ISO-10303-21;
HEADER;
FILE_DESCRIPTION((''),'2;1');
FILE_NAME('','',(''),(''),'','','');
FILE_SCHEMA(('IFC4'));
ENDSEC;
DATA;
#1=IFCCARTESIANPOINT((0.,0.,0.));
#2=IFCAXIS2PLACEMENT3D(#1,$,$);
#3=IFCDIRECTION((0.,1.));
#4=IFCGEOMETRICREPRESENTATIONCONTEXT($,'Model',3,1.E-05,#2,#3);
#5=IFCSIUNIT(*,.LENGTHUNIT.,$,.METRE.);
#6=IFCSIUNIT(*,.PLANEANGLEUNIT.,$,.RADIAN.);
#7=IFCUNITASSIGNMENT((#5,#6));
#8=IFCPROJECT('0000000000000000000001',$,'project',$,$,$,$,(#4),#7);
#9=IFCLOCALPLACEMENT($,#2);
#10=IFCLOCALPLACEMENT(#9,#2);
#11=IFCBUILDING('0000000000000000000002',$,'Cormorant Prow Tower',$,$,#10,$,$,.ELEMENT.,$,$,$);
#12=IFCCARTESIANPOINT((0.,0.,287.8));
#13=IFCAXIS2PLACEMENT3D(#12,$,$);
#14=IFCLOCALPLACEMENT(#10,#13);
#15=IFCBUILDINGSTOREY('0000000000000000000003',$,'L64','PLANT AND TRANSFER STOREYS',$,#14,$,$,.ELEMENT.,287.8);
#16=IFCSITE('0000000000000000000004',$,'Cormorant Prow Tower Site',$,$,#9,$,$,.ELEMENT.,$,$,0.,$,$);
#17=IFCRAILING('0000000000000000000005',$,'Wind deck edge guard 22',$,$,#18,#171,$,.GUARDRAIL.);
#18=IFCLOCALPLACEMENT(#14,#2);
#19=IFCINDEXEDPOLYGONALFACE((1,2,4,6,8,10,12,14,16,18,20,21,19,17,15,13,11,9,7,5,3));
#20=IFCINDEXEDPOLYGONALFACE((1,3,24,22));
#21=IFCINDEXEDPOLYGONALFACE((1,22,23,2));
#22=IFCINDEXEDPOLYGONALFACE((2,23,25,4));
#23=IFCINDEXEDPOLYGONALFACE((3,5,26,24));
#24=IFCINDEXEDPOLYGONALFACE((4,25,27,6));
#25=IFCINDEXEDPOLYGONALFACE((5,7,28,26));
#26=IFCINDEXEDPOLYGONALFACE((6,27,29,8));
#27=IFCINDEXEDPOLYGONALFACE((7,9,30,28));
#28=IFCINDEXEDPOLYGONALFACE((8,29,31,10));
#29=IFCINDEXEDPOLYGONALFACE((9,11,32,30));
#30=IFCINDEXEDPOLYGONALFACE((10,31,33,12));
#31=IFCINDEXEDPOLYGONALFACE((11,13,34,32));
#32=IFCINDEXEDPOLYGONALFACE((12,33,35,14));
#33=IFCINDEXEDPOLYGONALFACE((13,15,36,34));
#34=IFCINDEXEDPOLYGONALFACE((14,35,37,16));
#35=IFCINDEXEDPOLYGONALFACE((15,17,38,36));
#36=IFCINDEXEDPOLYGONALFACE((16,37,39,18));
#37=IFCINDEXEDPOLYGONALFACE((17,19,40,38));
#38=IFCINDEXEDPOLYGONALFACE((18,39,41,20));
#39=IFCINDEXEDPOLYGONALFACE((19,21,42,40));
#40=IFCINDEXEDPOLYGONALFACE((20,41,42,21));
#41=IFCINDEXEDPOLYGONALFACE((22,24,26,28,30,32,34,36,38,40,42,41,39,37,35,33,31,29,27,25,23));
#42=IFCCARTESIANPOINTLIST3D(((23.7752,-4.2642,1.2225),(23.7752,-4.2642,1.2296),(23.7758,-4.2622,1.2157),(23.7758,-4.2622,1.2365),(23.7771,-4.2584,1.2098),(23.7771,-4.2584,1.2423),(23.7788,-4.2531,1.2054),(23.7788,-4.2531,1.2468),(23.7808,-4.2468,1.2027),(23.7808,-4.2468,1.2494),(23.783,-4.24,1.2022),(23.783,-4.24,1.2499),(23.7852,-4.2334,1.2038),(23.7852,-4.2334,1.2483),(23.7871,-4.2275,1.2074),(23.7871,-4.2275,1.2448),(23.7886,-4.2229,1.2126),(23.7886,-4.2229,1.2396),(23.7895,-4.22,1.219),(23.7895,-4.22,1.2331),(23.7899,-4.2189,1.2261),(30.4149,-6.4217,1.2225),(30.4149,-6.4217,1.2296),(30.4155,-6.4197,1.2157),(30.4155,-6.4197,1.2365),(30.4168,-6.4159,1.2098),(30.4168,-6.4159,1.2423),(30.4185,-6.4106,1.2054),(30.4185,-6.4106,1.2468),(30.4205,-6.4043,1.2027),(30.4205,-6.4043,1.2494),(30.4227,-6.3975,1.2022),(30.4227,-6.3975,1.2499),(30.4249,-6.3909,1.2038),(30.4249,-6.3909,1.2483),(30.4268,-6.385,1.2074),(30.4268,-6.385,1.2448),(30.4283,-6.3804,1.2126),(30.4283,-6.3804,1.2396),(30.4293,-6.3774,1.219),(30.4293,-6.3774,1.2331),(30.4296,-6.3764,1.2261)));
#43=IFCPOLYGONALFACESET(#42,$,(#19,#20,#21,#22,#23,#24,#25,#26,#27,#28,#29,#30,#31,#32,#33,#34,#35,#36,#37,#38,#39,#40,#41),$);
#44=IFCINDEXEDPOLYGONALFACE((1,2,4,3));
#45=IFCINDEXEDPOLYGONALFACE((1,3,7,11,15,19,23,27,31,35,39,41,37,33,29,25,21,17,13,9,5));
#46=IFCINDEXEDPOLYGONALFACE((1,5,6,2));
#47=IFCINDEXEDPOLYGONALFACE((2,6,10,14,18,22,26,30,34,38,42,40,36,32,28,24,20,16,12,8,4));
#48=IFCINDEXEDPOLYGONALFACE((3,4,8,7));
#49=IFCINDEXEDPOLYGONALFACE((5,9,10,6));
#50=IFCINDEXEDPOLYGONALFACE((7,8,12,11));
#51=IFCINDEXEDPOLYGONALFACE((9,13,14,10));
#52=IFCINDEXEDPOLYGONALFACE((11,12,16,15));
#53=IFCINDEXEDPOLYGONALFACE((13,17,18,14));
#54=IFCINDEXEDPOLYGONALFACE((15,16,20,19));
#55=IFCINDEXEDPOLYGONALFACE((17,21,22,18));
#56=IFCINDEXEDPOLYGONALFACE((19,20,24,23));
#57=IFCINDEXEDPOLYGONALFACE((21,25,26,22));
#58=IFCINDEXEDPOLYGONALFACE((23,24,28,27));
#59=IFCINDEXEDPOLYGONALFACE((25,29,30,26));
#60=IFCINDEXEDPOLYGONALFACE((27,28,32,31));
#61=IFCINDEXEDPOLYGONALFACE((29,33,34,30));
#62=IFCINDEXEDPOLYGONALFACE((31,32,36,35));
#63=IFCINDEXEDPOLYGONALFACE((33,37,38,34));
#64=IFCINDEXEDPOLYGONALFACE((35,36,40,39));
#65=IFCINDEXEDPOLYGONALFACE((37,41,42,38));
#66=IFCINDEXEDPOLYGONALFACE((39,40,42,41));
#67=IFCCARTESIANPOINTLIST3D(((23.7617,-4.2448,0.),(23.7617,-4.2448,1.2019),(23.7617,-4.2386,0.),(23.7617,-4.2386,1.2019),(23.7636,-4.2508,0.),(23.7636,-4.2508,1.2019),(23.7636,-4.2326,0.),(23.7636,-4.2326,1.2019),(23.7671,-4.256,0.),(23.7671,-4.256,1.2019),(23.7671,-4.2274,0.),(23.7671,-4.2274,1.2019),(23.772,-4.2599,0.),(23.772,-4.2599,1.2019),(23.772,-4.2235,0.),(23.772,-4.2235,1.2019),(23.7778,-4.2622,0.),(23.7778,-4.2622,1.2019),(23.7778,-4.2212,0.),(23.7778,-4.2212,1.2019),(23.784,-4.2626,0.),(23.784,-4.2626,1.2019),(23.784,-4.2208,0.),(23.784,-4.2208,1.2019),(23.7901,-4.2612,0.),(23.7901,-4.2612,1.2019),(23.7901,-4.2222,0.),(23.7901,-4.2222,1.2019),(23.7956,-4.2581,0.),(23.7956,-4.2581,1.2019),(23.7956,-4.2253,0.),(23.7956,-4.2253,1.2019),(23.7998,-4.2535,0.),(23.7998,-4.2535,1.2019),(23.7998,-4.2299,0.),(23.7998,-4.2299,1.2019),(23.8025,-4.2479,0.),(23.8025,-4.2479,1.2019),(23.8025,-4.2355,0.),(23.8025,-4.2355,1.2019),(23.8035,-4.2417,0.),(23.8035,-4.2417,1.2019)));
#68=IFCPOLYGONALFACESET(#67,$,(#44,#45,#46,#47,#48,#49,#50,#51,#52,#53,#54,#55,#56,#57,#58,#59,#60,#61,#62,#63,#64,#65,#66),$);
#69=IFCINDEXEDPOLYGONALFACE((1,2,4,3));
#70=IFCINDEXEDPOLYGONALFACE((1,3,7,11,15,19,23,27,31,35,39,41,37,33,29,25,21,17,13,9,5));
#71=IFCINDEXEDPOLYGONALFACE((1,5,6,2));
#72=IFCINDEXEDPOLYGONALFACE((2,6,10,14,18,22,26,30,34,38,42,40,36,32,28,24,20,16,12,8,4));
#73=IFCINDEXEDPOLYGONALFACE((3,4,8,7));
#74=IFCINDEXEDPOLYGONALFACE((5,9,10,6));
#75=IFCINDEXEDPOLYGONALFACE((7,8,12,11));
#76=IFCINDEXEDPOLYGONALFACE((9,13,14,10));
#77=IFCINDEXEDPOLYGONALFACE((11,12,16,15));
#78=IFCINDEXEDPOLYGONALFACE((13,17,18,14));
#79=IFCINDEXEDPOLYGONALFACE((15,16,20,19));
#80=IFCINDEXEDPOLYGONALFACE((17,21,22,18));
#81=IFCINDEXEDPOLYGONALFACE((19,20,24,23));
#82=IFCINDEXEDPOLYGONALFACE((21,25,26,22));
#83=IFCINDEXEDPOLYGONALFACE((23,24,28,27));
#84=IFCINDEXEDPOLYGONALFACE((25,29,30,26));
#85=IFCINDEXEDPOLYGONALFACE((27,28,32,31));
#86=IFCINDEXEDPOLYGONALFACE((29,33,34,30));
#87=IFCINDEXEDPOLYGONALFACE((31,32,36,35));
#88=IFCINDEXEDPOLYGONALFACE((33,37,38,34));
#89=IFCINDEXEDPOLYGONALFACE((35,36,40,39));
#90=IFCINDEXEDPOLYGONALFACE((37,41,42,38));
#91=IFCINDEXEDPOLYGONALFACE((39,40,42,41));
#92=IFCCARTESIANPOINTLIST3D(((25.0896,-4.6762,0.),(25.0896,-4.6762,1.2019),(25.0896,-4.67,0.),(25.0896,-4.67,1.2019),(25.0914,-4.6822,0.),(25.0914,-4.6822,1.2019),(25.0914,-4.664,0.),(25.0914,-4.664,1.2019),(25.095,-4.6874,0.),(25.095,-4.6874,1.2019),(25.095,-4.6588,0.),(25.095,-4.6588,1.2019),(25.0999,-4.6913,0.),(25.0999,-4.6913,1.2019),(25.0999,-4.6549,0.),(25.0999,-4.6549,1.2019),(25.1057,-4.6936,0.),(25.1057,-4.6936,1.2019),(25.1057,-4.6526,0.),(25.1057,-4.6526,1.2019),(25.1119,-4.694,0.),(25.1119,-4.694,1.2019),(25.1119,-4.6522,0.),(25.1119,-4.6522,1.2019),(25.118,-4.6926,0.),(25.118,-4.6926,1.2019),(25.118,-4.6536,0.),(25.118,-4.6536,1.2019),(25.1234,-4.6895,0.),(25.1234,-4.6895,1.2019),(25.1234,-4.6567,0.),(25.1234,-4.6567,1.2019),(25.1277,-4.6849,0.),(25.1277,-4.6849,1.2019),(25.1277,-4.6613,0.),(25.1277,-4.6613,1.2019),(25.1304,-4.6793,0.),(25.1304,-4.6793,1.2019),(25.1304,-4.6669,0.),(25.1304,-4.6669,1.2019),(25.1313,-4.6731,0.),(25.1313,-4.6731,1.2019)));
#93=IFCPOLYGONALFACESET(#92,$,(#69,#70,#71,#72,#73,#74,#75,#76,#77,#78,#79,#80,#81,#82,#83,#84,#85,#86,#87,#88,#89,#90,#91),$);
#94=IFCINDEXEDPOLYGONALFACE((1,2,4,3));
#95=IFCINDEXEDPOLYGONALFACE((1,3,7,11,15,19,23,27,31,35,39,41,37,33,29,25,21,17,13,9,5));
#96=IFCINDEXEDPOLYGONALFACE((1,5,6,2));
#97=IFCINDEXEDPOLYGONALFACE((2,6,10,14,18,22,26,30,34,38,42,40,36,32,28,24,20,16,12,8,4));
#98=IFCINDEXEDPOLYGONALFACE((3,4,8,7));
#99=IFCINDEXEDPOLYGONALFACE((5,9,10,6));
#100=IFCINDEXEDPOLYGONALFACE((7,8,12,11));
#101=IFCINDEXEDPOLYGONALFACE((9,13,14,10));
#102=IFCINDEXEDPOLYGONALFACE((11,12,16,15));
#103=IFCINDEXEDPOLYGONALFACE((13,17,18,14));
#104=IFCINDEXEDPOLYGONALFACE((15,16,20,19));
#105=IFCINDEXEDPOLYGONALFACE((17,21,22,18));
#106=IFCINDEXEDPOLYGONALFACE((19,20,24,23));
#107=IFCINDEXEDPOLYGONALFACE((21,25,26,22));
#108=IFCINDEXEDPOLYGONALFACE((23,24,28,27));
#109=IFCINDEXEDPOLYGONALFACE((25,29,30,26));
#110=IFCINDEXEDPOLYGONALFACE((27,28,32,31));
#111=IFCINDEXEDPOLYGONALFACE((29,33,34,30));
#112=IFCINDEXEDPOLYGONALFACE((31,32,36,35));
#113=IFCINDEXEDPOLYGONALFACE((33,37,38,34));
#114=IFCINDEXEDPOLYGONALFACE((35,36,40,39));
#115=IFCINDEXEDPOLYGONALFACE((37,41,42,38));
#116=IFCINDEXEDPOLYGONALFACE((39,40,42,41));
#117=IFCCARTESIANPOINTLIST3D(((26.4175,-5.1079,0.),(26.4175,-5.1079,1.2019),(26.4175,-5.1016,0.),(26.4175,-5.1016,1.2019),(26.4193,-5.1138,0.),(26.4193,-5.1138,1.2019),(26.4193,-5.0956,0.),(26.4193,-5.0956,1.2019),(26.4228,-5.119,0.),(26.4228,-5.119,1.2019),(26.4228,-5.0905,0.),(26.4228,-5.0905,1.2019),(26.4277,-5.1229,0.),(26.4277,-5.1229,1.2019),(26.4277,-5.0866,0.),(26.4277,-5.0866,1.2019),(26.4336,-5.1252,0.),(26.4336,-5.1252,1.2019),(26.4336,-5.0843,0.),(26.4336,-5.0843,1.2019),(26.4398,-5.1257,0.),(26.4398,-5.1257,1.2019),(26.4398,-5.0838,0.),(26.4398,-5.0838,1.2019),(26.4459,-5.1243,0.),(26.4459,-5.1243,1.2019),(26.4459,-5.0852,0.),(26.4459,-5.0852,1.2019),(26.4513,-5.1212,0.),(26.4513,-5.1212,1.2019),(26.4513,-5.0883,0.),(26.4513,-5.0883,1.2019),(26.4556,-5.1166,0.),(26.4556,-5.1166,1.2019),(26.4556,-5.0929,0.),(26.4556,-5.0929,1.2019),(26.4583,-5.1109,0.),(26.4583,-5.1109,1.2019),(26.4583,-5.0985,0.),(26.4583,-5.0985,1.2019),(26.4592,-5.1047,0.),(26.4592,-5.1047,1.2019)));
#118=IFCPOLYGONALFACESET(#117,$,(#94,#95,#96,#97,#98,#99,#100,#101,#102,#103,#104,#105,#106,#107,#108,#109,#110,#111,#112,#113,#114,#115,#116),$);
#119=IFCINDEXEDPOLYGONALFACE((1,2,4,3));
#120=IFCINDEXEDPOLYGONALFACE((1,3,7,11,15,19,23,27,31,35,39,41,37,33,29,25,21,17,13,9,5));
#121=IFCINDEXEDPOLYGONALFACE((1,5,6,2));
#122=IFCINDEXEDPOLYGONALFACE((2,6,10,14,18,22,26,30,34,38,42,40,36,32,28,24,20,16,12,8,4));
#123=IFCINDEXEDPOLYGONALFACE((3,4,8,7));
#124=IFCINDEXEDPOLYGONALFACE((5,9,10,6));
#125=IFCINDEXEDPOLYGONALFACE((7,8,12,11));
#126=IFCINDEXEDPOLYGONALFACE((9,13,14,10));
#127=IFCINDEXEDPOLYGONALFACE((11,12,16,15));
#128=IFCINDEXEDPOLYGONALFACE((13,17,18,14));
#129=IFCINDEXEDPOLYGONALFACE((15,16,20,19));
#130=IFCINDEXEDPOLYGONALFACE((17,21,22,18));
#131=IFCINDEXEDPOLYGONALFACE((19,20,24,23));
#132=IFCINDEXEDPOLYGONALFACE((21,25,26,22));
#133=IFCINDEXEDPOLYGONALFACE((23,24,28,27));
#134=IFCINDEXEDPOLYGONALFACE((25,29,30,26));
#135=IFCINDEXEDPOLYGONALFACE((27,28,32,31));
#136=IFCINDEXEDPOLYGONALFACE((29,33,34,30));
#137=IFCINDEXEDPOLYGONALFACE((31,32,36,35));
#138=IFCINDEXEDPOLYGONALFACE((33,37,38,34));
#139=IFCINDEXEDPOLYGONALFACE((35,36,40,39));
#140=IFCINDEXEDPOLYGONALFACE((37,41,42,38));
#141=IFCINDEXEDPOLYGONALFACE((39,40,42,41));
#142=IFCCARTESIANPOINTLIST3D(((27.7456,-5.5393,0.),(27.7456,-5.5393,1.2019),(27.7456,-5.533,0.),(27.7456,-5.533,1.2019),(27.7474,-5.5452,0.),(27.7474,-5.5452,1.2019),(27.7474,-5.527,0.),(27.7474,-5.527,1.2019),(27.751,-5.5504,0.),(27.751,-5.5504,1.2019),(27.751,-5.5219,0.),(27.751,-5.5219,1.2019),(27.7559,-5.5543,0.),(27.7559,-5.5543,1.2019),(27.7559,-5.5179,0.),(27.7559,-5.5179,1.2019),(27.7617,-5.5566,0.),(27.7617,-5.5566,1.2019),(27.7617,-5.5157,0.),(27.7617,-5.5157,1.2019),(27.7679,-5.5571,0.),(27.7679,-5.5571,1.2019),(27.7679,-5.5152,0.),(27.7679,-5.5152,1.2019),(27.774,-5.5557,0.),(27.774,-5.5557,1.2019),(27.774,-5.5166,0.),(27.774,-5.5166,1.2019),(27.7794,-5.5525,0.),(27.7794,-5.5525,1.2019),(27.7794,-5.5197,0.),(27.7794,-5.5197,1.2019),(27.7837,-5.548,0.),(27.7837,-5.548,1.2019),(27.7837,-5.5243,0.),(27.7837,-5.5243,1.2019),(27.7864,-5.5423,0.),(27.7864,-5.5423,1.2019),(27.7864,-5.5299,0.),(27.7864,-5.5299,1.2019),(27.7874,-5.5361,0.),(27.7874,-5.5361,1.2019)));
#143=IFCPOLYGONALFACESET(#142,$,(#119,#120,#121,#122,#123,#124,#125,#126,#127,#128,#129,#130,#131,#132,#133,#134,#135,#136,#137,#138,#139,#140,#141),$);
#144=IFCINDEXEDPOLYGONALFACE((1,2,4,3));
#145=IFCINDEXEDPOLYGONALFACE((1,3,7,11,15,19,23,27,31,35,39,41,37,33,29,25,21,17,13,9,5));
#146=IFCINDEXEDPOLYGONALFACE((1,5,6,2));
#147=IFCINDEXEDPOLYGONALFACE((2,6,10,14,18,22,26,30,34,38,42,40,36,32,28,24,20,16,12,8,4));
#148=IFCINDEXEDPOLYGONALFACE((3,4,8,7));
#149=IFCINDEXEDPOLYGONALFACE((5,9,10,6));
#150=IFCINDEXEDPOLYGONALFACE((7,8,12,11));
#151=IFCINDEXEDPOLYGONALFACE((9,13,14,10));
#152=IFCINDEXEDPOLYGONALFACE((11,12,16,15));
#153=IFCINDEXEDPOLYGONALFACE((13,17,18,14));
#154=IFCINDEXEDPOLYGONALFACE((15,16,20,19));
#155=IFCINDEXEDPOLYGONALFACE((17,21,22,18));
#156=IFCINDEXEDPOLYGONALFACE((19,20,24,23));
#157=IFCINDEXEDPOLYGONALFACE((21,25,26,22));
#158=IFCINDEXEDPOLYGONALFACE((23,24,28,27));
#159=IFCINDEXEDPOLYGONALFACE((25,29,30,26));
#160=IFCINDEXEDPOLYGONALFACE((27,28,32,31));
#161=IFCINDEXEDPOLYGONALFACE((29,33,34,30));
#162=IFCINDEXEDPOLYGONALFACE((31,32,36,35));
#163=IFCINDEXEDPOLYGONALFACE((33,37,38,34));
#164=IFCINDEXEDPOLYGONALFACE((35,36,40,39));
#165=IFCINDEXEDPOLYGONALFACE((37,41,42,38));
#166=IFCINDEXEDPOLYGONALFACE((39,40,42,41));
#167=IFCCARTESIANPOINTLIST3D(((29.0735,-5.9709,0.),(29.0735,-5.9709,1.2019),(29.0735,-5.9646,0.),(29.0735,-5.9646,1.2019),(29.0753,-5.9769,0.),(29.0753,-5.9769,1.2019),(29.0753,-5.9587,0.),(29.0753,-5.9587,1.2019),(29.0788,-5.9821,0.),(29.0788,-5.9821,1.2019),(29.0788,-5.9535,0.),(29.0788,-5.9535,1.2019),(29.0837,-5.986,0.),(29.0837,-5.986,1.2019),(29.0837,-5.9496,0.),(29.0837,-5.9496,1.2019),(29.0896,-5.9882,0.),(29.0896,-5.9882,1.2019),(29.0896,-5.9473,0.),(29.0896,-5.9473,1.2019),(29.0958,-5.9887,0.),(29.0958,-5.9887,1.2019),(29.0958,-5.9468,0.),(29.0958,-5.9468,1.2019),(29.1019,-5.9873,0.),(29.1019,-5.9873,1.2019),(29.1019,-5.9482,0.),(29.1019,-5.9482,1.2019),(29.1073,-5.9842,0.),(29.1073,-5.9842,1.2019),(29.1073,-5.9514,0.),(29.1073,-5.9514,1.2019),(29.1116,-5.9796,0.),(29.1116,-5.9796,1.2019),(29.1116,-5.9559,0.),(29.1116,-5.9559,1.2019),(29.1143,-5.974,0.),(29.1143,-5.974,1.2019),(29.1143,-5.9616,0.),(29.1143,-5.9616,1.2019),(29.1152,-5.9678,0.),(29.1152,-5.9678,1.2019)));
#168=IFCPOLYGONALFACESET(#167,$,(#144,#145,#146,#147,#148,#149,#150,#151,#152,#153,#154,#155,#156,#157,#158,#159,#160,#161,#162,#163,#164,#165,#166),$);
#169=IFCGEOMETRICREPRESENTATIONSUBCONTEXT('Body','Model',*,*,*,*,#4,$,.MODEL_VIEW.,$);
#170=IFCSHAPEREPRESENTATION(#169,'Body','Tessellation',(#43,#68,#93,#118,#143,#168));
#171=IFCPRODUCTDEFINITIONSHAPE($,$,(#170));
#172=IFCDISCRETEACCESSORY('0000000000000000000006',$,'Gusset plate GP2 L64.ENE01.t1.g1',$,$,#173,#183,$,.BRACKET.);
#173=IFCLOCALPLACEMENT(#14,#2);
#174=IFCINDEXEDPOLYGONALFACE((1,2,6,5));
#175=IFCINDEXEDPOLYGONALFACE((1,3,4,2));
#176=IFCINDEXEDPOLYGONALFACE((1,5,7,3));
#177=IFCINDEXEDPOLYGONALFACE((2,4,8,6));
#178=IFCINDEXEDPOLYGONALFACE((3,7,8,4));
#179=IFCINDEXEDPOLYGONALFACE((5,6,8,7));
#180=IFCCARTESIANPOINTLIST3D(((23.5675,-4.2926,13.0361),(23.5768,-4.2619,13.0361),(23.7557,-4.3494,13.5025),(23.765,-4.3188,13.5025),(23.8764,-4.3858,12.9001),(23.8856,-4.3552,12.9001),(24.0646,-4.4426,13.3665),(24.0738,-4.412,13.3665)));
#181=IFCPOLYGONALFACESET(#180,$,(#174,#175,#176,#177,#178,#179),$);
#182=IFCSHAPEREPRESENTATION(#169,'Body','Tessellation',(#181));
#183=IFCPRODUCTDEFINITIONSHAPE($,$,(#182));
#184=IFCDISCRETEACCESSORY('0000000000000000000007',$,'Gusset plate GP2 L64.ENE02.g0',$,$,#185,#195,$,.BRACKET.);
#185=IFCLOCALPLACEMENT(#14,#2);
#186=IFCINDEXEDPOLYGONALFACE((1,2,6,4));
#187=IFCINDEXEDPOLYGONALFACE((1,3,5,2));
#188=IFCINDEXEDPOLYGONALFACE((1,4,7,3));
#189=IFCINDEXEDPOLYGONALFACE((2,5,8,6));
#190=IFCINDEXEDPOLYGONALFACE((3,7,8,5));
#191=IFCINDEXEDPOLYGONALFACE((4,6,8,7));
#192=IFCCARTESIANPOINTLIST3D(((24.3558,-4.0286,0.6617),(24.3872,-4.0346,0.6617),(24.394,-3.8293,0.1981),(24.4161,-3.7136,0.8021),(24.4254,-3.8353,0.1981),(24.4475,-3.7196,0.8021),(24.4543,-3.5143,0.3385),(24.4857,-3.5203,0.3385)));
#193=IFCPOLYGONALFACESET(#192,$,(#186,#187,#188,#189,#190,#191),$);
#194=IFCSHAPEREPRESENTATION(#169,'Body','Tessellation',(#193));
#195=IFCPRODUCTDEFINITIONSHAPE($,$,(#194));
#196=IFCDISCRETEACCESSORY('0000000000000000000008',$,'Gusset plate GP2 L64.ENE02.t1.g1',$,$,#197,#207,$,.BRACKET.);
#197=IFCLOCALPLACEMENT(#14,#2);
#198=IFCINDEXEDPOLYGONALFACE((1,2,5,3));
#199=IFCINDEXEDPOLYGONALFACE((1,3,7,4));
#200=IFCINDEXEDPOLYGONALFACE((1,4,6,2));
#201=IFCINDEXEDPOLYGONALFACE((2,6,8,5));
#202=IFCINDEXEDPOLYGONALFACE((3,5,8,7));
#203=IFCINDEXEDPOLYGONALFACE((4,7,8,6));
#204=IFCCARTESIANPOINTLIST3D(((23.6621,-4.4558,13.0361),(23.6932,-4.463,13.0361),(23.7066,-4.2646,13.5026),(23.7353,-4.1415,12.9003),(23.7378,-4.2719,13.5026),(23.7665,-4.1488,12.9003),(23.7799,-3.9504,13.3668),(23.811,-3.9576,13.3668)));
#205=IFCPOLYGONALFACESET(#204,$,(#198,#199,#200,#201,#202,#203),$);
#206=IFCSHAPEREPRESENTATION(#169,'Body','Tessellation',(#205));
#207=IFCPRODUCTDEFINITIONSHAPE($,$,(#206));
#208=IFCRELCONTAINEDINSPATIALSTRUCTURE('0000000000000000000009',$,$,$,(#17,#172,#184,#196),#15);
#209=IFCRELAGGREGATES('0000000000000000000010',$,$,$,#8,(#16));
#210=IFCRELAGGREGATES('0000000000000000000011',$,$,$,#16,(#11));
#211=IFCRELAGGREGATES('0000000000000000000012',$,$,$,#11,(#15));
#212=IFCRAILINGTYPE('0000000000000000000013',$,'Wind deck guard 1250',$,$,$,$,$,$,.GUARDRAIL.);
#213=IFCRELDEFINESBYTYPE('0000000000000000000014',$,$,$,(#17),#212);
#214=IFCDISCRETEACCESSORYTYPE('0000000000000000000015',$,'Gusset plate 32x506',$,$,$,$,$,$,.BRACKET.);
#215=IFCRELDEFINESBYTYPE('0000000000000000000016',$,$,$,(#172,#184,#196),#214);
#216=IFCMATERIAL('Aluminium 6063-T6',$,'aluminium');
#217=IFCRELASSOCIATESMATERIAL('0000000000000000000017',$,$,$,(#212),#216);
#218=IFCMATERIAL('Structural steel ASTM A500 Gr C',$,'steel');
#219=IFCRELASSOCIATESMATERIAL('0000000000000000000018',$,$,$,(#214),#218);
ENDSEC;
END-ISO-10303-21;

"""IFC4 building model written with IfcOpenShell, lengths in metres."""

from ifc_helpers import new_model, si_unit, direction, frame, origin, origin_2d, place, context, subcontext, project, spatial, rectangle, circle, extrude, material, material_profile, profile_set, type_object, element, save


model = new_model("IFC4")

# Units and contexts
model_context = context("Model", 3, precision=1e-05, world=origin(), true_north=direction((0.0, 1.0)))
body_context = subcontext(model_context, "Body", "Model", "MODEL_VIEW")
ifc_project = project(units=[si_unit("LENGTHUNIT", "METRE"), si_unit("PLANEANGLEUNIT", "RADIAN")], contexts=[model_context])

# Site, building, storey
site_placement = place(None, origin())
site = spatial("IfcSite", under=ifc_project, at=site_placement, Name="Cormorant Prow Tower Site", CompositionType="ELEMENT", RefElevation=0.0)
building_placement = place(site_placement, origin())
building = spatial("IfcBuilding", under=site, at=building_placement, Name="Cormorant Prow Tower", CompositionType="ELEMENT")
storey_placement = place(building_placement, frame((0.0, 0.0, 287.8)))
storey = spatial("IfcBuildingStorey", under=building, at=storey_placement, Name="L64", Description="PLANT AND TRANSFER STOREYS", CompositionType="ELEMENT", Elevation=287.8)

# Railing
ifc_material_1 = material(Name="Aluminium 6063-T6", Category="aluminium")
railing_type = type_object("IfcRailingType", Name="Wind deck guard 1250", PredefinedType="GUARDRAIL", material=ifc_material_1)
railing_placement = place(storey_placement, frame((23.7825, -4.2417, 0.0)))
element("IfcRailing", 1, at=railing_placement, inside=storey, type_object=railing_type, Name="Wind deck edge guard 22", PredefinedType="GUARDRAIL", context=body_context, shape_type="SweptSolid", body=[
    extrude(circle(Radius=0.0239, at=origin_2d()), frame((0.0, 0.0, 1.2261), z_axis=(0.951052, -0.309032, 0.0), x_axis=(0.309032, 0.951052, 0.0)), (0.0, 0.0, 1.0), 6.9814),
    extrude(circle(Radius=0.021, at=origin_2d()), origin(), (0.0, 0.0, 1.0), 1.2019),
    extrude(circle(Radius=0.021, at=origin_2d()), frame((1.3279, -0.4314, 0.0)), (0.0, 0.0, 1.0), 1.2019),
    extrude(circle(Radius=0.021, at=origin_2d()), frame((2.6558, -0.863, 0.0)), (0.0, 0.0, 1.0), 1.2019),
    extrude(circle(Radius=0.021, at=origin_2d()), frame((3.9839, -1.2944, 0.0)), (0.0, 0.0, 1.0), 1.2019),
    extrude(circle(Radius=0.021, at=origin_2d()), frame((5.3118, -1.7261, 0.0)), (0.0, 0.0, 1.0), 1.2019),
])

# Discrete accessories
ifc_material_2 = material(Name="Structural steel ASTM A500 Gr C", Category="steel")
ifc_material_profile_1 = material_profile(ifc_material_2, rectangle(XDim=0.032, YDim=0.5061, at=origin_2d()), Name="Gusset plate 32x506")
ifc_profile_set_1 = profile_set([ifc_material_profile_1], Name="Structural steel ASTM A500 Gr C")
discrete_accessory_type_1 = type_object("IfcDiscreteAccessoryType", Name="Gusset plate 32x506", PredefinedType="BRACKET", material=ifc_profile_set_1)
for number, where, z_axis, x_axis, name in (
    (2, (23.9751, -4.3989, 13.1333), (-0.882139, 0.266385, 0.38842), (-0.289083, -0.957304, 0.0), "Gusset plate GP2 L64.ENE01.t1.g1"),
    (3, (24.4509, -3.6169, 0.5703), (-0.172272, -0.899718, -0.401037), (0.982158, -0.188057, 0.0), "Gusset plate GP2 L64.ENE02.g0"),
    (4, (23.7732, -4.0496, 13.1335), (-0.209248, -0.897675, 0.387807), (0.973891, -0.227014, 0.0), "Gusset plate GP2 L64.ENE02.t1.g1"),
):
    element("IfcDiscreteAccessory", number, at=place(storey_placement, frame(where, z_axis=z_axis, x_axis=x_axis)), inside=storey, type_object=discrete_accessory_type_1, Name=name, PredefinedType="BRACKET", context=body_context, shape_type="SweptSolid", body=[
        extrude(rectangle(XDim=0.032, YDim=0.5061, at=origin_2d()), origin(), (0.0, 0.0, 1.0), 0.3501),
    ])

save(model, "model.ifc")
